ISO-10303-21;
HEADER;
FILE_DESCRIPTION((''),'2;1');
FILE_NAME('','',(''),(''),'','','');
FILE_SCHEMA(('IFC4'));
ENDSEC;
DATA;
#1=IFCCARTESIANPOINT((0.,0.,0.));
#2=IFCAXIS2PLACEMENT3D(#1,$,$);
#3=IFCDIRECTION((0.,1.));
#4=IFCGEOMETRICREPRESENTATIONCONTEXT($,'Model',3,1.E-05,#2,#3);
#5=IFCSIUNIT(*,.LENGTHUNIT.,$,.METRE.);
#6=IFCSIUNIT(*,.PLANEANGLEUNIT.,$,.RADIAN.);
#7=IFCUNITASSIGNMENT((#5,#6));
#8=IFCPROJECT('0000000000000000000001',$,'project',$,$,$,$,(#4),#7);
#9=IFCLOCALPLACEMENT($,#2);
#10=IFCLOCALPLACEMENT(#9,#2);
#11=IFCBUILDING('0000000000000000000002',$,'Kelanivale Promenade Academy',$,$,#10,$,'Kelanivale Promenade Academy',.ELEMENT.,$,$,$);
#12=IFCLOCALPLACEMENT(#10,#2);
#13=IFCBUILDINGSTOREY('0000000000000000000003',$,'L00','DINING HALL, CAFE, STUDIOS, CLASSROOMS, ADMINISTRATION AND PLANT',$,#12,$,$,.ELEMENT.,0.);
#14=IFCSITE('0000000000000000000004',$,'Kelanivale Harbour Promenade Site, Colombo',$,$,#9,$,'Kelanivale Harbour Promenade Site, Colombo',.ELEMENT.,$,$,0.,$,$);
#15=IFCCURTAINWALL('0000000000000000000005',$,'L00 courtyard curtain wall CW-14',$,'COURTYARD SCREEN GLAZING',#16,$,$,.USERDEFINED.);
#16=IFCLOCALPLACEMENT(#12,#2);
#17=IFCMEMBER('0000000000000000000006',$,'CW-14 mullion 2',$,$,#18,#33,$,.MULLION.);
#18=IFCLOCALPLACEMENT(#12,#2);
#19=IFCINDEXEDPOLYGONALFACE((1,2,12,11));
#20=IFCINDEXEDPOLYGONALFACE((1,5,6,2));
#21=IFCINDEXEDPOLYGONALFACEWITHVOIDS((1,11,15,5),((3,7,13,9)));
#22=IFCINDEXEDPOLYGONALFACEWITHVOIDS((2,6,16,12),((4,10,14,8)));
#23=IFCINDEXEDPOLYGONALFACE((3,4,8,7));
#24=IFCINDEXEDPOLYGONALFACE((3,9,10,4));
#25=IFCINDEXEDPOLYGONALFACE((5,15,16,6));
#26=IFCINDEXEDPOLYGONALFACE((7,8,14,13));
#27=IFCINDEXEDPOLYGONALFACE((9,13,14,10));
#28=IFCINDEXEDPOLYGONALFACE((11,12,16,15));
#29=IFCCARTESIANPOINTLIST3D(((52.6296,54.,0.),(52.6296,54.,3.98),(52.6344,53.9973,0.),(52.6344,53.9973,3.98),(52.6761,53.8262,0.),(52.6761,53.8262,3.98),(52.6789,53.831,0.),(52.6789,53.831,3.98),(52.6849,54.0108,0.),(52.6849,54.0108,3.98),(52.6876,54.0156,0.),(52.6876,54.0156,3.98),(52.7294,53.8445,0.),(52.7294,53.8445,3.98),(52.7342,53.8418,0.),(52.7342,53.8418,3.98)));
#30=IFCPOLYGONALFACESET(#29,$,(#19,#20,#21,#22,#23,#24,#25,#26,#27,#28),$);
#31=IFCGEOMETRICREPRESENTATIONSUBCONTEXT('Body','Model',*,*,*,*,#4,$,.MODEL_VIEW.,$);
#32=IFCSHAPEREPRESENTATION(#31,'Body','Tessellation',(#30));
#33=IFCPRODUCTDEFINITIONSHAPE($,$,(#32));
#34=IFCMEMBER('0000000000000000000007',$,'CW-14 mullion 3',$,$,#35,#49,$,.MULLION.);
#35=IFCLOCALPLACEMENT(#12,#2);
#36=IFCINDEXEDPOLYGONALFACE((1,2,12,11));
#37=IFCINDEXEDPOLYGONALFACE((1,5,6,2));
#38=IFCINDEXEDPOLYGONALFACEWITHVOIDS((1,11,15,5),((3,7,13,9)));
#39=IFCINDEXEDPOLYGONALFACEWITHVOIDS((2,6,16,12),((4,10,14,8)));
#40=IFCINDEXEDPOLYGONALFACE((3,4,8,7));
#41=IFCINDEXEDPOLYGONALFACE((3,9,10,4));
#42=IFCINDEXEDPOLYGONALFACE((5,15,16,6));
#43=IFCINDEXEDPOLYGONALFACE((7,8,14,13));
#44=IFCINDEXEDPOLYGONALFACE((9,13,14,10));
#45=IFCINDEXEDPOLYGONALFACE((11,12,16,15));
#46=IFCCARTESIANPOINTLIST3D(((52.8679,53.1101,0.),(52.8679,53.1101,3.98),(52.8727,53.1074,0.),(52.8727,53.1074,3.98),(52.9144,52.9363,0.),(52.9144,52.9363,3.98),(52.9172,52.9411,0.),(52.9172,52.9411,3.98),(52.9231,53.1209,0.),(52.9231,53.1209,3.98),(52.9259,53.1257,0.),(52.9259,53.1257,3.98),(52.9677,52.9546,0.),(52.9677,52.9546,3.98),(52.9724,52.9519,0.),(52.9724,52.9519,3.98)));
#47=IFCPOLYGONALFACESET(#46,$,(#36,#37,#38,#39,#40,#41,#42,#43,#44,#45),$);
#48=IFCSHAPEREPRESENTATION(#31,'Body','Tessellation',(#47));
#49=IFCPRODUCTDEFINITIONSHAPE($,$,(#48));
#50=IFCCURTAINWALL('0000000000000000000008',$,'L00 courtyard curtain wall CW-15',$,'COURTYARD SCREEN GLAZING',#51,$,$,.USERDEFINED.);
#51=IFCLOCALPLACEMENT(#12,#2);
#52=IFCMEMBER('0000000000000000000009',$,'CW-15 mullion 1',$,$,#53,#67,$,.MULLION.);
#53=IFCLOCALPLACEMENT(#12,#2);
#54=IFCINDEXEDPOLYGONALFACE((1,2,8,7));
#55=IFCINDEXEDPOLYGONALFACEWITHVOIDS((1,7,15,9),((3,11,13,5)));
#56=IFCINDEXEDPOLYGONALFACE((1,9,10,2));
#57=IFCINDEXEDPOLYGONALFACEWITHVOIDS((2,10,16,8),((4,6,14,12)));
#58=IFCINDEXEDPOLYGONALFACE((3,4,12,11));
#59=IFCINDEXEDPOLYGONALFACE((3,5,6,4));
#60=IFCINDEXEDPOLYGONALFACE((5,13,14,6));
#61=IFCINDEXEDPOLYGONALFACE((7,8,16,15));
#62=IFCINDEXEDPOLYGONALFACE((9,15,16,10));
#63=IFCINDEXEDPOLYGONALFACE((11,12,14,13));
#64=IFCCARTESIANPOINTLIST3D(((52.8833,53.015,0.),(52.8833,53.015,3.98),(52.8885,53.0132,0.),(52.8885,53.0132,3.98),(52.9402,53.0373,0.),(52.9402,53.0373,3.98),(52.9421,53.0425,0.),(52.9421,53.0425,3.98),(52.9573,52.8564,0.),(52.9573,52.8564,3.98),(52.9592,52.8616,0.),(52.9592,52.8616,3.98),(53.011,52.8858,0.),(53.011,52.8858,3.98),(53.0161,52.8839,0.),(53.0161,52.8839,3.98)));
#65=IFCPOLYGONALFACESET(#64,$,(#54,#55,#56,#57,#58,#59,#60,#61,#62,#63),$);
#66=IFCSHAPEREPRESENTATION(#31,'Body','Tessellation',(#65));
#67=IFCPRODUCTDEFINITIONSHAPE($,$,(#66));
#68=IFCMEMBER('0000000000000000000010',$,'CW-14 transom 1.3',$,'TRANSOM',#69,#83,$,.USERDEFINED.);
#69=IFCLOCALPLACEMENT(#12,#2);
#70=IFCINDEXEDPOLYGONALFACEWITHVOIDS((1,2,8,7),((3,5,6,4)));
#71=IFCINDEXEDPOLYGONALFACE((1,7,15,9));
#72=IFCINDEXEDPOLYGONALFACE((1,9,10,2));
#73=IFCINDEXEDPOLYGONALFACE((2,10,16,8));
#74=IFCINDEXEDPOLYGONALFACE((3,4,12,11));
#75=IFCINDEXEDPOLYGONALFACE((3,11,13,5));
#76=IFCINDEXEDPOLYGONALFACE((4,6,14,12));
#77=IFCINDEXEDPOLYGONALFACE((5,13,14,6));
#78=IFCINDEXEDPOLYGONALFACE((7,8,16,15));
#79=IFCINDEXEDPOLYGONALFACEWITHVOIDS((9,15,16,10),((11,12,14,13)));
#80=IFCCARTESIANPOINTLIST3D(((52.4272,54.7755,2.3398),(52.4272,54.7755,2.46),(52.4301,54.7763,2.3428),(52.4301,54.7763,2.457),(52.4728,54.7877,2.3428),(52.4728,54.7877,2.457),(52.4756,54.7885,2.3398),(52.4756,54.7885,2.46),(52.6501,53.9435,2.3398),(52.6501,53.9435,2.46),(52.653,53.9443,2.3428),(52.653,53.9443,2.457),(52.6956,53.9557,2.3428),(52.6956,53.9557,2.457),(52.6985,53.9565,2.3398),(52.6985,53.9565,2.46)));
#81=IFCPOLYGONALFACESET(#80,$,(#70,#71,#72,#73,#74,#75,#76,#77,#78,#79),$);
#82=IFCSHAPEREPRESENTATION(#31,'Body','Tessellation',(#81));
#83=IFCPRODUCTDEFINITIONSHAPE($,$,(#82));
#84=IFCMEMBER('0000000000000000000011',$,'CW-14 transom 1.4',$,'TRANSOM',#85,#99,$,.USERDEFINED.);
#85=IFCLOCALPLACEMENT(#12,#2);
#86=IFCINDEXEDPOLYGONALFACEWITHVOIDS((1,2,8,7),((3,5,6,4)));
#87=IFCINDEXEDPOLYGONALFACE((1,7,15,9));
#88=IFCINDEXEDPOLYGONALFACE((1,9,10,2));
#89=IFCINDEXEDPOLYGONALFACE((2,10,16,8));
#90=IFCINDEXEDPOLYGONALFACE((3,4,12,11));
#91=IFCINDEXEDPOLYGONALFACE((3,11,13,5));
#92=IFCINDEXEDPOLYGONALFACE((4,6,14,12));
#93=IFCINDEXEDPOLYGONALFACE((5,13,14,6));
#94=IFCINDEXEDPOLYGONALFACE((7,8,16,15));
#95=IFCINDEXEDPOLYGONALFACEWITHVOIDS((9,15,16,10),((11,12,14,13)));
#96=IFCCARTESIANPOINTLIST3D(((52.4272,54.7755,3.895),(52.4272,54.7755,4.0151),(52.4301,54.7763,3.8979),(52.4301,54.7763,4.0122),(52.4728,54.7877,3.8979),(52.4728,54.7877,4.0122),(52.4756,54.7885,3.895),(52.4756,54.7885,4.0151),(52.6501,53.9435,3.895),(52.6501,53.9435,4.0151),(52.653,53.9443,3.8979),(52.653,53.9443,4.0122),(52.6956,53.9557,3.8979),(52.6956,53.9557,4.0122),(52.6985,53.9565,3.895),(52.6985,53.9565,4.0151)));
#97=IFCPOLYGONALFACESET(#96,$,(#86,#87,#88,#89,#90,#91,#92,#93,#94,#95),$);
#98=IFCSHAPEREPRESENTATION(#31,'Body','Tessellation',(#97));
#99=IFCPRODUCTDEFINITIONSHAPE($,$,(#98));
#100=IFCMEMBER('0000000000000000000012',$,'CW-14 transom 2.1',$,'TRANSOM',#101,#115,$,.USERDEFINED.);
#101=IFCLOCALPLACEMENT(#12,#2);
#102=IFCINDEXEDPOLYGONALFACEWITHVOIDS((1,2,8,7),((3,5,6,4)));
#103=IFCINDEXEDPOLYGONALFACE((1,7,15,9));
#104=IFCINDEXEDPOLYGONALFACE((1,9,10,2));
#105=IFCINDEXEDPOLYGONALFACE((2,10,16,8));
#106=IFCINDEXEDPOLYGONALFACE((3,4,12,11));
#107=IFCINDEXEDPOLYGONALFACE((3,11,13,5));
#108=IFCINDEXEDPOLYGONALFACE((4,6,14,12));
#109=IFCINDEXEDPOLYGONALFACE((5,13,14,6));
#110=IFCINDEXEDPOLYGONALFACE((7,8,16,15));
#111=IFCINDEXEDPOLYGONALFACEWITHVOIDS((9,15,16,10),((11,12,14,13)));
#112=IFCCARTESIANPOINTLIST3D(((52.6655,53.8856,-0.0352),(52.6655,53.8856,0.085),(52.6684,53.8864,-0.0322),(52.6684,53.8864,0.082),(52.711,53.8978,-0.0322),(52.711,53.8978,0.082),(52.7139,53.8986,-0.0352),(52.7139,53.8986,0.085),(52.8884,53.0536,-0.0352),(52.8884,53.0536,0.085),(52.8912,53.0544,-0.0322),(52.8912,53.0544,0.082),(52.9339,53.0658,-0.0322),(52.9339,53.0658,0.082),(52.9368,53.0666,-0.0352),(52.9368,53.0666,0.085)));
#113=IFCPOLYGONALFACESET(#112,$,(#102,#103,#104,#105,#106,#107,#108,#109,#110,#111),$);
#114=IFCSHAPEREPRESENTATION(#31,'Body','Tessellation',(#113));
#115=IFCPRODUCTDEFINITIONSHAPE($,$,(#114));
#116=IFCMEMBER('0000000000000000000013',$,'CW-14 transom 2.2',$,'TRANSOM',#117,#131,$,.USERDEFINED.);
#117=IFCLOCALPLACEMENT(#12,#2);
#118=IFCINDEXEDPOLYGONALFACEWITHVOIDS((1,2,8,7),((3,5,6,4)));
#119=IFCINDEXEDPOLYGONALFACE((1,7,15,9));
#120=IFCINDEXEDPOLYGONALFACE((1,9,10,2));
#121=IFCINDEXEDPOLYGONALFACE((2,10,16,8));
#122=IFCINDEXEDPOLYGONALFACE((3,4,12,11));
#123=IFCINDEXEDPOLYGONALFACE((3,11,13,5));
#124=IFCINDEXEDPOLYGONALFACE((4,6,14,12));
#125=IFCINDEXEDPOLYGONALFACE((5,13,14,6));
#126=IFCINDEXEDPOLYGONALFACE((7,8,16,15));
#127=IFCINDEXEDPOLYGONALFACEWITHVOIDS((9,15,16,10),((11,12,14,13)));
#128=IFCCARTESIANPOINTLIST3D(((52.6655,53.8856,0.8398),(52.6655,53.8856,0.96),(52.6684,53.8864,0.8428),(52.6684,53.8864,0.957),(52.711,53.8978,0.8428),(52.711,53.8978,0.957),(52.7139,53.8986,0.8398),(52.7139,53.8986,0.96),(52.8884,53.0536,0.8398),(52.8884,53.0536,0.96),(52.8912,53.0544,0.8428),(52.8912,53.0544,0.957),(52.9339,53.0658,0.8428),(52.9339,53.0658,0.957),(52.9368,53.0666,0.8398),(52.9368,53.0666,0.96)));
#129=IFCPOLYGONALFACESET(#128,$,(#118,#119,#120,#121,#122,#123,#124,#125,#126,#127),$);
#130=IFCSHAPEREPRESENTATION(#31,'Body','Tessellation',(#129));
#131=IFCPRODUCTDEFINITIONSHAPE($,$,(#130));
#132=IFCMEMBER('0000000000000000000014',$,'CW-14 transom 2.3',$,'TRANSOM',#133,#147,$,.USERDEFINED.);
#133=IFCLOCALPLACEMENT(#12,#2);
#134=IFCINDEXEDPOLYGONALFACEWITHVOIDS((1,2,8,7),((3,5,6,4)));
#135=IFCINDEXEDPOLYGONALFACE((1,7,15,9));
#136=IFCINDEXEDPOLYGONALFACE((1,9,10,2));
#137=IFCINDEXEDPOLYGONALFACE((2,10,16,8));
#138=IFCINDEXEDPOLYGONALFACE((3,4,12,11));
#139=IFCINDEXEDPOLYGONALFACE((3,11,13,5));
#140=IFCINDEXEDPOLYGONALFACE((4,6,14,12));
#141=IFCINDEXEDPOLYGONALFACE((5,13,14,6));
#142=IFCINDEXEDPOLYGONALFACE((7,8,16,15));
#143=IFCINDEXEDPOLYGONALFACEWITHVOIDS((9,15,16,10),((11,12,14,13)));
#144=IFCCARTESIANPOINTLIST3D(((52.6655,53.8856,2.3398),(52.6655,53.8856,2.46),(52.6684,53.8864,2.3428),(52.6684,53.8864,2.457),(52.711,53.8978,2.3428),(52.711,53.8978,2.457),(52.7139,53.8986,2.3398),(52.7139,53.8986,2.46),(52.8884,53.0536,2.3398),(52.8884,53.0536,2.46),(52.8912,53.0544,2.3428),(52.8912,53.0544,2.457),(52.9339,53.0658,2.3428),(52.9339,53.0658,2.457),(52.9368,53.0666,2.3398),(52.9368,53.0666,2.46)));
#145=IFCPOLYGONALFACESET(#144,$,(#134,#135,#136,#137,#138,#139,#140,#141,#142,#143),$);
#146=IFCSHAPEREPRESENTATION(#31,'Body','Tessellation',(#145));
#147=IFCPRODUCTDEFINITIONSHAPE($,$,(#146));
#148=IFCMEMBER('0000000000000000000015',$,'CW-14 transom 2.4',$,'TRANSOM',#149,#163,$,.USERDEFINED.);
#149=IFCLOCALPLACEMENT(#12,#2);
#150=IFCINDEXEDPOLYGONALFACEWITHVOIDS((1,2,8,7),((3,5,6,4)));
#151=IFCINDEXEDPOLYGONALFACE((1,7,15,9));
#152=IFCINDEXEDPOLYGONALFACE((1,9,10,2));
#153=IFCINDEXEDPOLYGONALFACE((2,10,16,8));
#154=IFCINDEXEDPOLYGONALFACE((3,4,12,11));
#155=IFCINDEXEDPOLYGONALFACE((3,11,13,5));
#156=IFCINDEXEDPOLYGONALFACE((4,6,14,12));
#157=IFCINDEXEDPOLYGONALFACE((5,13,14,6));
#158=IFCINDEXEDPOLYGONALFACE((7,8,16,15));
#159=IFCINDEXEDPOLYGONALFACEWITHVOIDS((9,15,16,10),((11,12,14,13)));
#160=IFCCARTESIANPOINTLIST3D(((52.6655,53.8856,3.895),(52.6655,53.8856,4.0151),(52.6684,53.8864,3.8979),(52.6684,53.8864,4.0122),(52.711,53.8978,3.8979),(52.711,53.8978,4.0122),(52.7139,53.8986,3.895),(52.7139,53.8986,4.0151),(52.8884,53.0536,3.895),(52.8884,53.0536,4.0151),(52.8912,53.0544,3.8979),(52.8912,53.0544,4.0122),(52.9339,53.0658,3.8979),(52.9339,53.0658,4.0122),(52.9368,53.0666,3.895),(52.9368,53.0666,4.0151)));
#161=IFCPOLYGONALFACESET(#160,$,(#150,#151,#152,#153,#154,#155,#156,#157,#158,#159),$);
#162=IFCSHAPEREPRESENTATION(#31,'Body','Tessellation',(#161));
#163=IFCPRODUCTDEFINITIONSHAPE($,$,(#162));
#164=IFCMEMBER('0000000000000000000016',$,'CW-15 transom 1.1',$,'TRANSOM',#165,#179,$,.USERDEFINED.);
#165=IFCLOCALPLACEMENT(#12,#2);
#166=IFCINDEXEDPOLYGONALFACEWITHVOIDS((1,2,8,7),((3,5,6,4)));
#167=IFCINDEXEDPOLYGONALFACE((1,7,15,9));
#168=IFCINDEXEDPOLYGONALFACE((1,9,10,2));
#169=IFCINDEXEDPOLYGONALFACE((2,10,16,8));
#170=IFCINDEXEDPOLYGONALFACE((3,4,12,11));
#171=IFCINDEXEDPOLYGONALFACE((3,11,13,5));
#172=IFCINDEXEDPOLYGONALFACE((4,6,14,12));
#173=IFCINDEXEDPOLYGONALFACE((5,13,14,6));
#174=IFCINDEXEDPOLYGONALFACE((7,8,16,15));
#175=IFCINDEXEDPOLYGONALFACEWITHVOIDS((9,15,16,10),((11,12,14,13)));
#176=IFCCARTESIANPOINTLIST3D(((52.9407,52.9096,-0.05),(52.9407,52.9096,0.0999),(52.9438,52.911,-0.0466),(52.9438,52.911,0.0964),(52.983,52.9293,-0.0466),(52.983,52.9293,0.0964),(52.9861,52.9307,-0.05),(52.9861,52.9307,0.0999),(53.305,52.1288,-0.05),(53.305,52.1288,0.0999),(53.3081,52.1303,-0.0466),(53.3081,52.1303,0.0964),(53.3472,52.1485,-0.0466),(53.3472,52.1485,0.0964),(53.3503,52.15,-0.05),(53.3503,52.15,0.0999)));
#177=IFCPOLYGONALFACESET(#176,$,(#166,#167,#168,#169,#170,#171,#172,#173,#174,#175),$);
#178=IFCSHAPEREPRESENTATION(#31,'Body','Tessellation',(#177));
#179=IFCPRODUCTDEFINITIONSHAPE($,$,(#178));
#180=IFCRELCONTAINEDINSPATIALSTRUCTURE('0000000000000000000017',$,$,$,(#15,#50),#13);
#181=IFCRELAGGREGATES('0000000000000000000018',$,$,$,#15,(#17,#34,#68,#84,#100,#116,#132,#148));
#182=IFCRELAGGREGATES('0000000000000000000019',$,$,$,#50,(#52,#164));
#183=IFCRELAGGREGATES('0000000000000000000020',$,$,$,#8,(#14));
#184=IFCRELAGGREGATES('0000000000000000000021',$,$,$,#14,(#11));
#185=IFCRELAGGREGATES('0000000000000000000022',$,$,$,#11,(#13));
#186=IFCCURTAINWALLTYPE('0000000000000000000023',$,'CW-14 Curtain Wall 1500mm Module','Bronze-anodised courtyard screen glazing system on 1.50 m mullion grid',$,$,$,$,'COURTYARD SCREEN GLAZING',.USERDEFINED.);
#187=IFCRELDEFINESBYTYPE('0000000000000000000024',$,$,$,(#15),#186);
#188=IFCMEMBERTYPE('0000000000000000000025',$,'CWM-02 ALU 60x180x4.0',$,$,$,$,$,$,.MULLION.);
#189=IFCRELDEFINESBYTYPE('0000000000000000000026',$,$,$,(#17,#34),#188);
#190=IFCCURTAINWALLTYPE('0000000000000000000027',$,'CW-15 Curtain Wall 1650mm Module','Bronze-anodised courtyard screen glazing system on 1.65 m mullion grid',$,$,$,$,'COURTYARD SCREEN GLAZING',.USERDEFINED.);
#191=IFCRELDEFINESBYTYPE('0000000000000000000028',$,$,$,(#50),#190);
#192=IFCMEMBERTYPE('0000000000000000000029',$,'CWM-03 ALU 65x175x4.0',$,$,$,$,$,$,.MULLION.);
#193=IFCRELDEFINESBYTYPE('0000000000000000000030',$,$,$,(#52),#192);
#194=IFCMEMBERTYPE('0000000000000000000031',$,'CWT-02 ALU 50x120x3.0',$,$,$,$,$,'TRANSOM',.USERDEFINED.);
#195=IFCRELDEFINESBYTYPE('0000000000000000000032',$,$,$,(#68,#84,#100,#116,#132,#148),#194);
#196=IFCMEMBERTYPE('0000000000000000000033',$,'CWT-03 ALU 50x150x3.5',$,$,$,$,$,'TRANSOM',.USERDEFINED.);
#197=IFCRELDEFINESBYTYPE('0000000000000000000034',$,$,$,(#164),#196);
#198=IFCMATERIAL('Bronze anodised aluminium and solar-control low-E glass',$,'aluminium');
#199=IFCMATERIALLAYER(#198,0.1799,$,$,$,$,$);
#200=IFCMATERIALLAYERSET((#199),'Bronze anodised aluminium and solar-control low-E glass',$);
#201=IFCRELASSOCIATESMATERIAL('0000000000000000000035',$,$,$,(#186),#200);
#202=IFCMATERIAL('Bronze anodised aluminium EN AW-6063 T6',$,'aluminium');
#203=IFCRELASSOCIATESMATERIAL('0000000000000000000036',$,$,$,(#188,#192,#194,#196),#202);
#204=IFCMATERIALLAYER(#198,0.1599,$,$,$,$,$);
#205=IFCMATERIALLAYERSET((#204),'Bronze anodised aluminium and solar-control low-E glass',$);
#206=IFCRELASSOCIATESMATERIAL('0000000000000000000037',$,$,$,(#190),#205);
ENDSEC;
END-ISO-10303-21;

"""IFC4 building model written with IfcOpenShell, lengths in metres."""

from ifc_helpers import new_model, si_unit, direction, frame, origin, origin_2d, place, context, subcontext, project, spatial, hollow_rectangle, extrude, material, layer, layer_set, material_profile, profile_set, type_object, element, aggregate, save


model = new_model("IFC4")

# Units and contexts
model_context = context("Model", 3, precision=1e-05, world=origin(), true_north=direction((0.0, 1.0)))
body_context = subcontext(model_context, "Body", "Model", "MODEL_VIEW")
ifc_project = project(units=[si_unit("LENGTHUNIT", "METRE"), si_unit("PLANEANGLEUNIT", "RADIAN")], contexts=[model_context])

# Site, building, storey
site_placement = place(None, origin())
site = spatial("IfcSite", under=ifc_project, at=site_placement, Name="Kelanivale Harbour Promenade Site, Colombo", LongName="Kelanivale Harbour Promenade Site, Colombo", CompositionType="ELEMENT", RefElevation=0.0)
building_placement = place(site_placement, origin())
building = spatial("IfcBuilding", under=site, at=building_placement, Name="Kelanivale Promenade Academy", LongName="Kelanivale Promenade Academy", CompositionType="ELEMENT")
storey_placement = place(building_placement, origin())
storey = spatial("IfcBuildingStorey", under=building, at=storey_placement, Name="L00", Description="DINING HALL, CAFE, STUDIOS, CLASSROOMS, ADMINISTRATION AND PLANT", CompositionType="ELEMENT", Elevation=0.0)

# Curtain wall, members
ifc_material_1 = material(Name="Bronze anodised aluminium and solar-control low-E glass", Category="aluminium")
ifc_layer_1 = layer(ifc_material_1, 0.1799)
ifc_layer_set_1 = layer_set([ifc_layer_1], Name="Bronze anodised aluminium and solar-control low-E glass")
curtain_wall_type_1 = type_object("IfcCurtainWallType", Name="CW-14 Curtain Wall 1500mm Module", Description="Bronze-anodised courtyard screen glazing system on 1.50 m mullion grid", ElementType="COURTYARD SCREEN GLAZING", PredefinedType="USERDEFINED", material=ifc_layer_set_1)
curtain_wall_1_placement = place(storey_placement, origin())
curtain_wall_1 = element("IfcCurtainWall", 1, at=curtain_wall_1_placement, inside=storey, type_object=curtain_wall_type_1, Name="L00 courtyard curtain wall CW-14", ObjectType="COURTYARD SCREEN GLAZING", PredefinedType="USERDEFINED")
ifc_material_2 = material(Name="Bronze anodised aluminium EN AW-6063 T6", Category="aluminium")
ifc_material_profile_1 = material_profile(ifc_material_2, hollow_rectangle(XDim=0.0601, YDim=0.1799, WallThickness=0.0039, at=origin_2d()), Name="ALU 60x180x4.0")
ifc_profile_set_1 = profile_set([ifc_material_profile_1], Name="Bronze anodised aluminium EN AW-6063 T6")
member_type_1 = type_object("IfcMemberType", Name="CWM-02 ALU 60x180x4.0", PredefinedType="MULLION", material=ifc_profile_set_1)
member_1_placement = place(storey_placement, frame((52.6819, 53.9209, 0.0), z_axis=(0.0, 0.0, 1.0), x_axis=(0.96599, 0.258578, 0.0)))
member_1 = element("IfcMember", 2, at=member_1_placement, type_object=member_type_1, Name="CW-14 mullion 2", PredefinedType="MULLION", context=body_context, shape_type="SweptSolid", body=[
    extrude(hollow_rectangle(XDim=0.0601, YDim=0.1799, WallThickness=0.0039, at=origin_2d()), origin(), (0.0, 0.0, 1.0), 3.98),
])
member_2_placement = place(storey_placement, frame((52.9202, 53.031, 0.0), z_axis=(0.0, 0.0, 1.0), x_axis=(0.96599, 0.258578, 0.0)))
member_2 = element("IfcMember", 3, at=member_2_placement, type_object=member_type_1, Name="CW-14 mullion 3", PredefinedType="MULLION", context=body_context, shape_type="SweptSolid", body=[
    extrude(hollow_rectangle(XDim=0.0601, YDim=0.1799, WallThickness=0.0039, at=origin_2d()), origin(), (0.0, 0.0, 1.0), 3.98),
])

# Curtain wall, member
ifc_layer_2 = layer(ifc_material_1, 0.1599)
ifc_layer_set_2 = layer_set([ifc_layer_2], Name="Bronze anodised aluminium and solar-control low-E glass")
curtain_wall_type_2 = type_object("IfcCurtainWallType", Name="CW-15 Curtain Wall 1650mm Module", Description="Bronze-anodised courtyard screen glazing system on 1.65 m mullion grid", ElementType="COURTYARD SCREEN GLAZING", PredefinedType="USERDEFINED", material=ifc_layer_set_2)
curtain_wall_2_placement = place(storey_placement, origin())
curtain_wall_2 = element("IfcCurtainWall", 4, at=curtain_wall_2_placement, inside=storey, type_object=curtain_wall_type_2, Name="L00 courtyard curtain wall CW-15", ObjectType="COURTYARD SCREEN GLAZING", PredefinedType="USERDEFINED")
ifc_material_profile_2 = material_profile(ifc_material_2, hollow_rectangle(XDim=0.0649, YDim=0.175, WallThickness=0.0039, at=origin_2d()), Name="ALU 65x175x4.0")
ifc_profile_set_2 = profile_set([ifc_material_profile_2], Name="Bronze anodised aluminium EN AW-6063 T6")
member_type_2 = type_object("IfcMemberType", Name="CWM-03 ALU 65x175x4.0", PredefinedType="MULLION", material=ifc_profile_set_2)
member_3_placement = place(storey_placement, frame((52.9497, 52.9495, 0.0), z_axis=(0.0, 0.0, 1.0), x_axis=(0.906196, 0.422857, 0.0)))
member_3 = element("IfcMember", 5, at=member_3_placement, type_object=member_type_2, Name="CW-15 mullion 1", PredefinedType="MULLION", context=body_context, shape_type="SweptSolid", body=[
    extrude(hollow_rectangle(XDim=0.0649, YDim=0.175, WallThickness=0.0039, at=origin_2d()), origin(), (0.0, 0.0, 1.0), 3.98),
])

# Members
ifc_material_profile_3 = material_profile(ifc_material_2, hollow_rectangle(XDim=0.05, YDim=0.1201, WallThickness=0.0029, at=origin_2d()), Name="ALU 50x120x3.0")
ifc_profile_set_3 = profile_set([ifc_material_profile_3], Name="Bronze anodised aluminium EN AW-6063 T6")
member_type_3 = type_object("IfcMemberType", Name="CWT-02 ALU 50x120x3.0", ElementType="TRANSOM", PredefinedType="USERDEFINED", material=ifc_profile_set_3)
member_4_placement = place(storey_placement, frame((52.4514, 54.782, 2.3999), z_axis=(0.258774, -0.965938, 0.0), x_axis=(0.965938, 0.258774, 0.0)))
member_4 = element("IfcMember", 6, at=member_4_placement, type_object=member_type_3, Name="CW-14 transom 1.3", ObjectType="TRANSOM", PredefinedType="USERDEFINED", context=body_context, shape_type="SweptSolid", body=[
    extrude(hollow_rectangle(XDim=0.05, YDim=0.1201, WallThickness=0.0029, at=origin_2d()), origin(), (0.0, 0.0, 1.0), 0.8613),
])
member_5_placement = place(storey_placement, frame((52.4514, 54.782, 3.9551), z_axis=(0.258774, -0.965938, 0.0), x_axis=(0.965938, 0.258774, 0.0)))
member_5 = element("IfcMember", 7, at=member_5_placement, type_object=member_type_3, Name="CW-14 transom 1.4", ObjectType="TRANSOM", PredefinedType="USERDEFINED", context=body_context, shape_type="SweptSolid", body=[
    extrude(hollow_rectangle(XDim=0.05, YDim=0.1201, WallThickness=0.0029, at=origin_2d()), origin(), (0.0, 0.0, 1.0), 0.8613),
])
member_6_placement = place(storey_placement, frame((52.6897, 53.8921, 0.0249), z_axis=(0.258774, -0.965938, 0.0), x_axis=(0.965938, 0.258774, 0.0)))
member_6 = element("IfcMember", 8, at=member_6_placement, type_object=member_type_3, Name="CW-14 transom 2.1", ObjectType="TRANSOM", PredefinedType="USERDEFINED", context=body_context, shape_type="SweptSolid", body=[
    extrude(hollow_rectangle(XDim=0.05, YDim=0.1201, WallThickness=0.0029, at=origin_2d()), origin(), (0.0, 0.0, 1.0), 0.8613),
])
member_7_placement = place(storey_placement, frame((52.6897, 53.8921, 0.8999), z_axis=(0.258774, -0.965938, 0.0), x_axis=(0.965938, 0.258774, 0.0)))
member_7 = element("IfcMember", 9, at=member_7_placement, type_object=member_type_3, Name="CW-14 transom 2.2", ObjectType="TRANSOM", PredefinedType="USERDEFINED", context=body_context, shape_type="SweptSolid", body=[
    extrude(hollow_rectangle(XDim=0.05, YDim=0.1201, WallThickness=0.0029, at=origin_2d()), origin(), (0.0, 0.0, 1.0), 0.8613),
])
member_8_placement = place(storey_placement, frame((52.6897, 53.8921, 2.3999), z_axis=(0.258774, -0.965938, 0.0), x_axis=(0.965938, 0.258774, 0.0)))
member_8 = element("IfcMember", 10, at=member_8_placement, type_object=member_type_3, Name="CW-14 transom 2.3", ObjectType="TRANSOM", PredefinedType="USERDEFINED", context=body_context, shape_type="SweptSolid", body=[
    extrude(hollow_rectangle(XDim=0.05, YDim=0.1201, WallThickness=0.0029, at=origin_2d()), origin(), (0.0, 0.0, 1.0), 0.8613),
])
member_9_placement = place(storey_placement, frame((52.6897, 53.8921, 3.9551), z_axis=(0.258774, -0.965938, 0.0), x_axis=(0.965938, 0.258774, 0.0)))
member_9 = element("IfcMember", 11, at=member_9_placement, type_object=member_type_3, Name="CW-14 transom 2.4", ObjectType="TRANSOM", PredefinedType="USERDEFINED", context=body_context, shape_type="SweptSolid", body=[
    extrude(hollow_rectangle(XDim=0.05, YDim=0.1201, WallThickness=0.0029, at=origin_2d()), origin(), (0.0, 0.0, 1.0), 0.8613),
])
ifc_material_profile_4 = material_profile(ifc_material_2, hollow_rectangle(XDim=0.05, YDim=0.1499, WallThickness=0.0034, at=origin_2d()), Name="ALU 50x150x3.5")
ifc_profile_set_4 = profile_set([ifc_material_profile_4], Name="Bronze anodised aluminium EN AW-6063 T6")
member_type_4 = type_object("IfcMemberType", Name="CWT-03 ALU 50x150x3.5", ElementType="TRANSOM", PredefinedType="USERDEFINED", material=ifc_profile_set_4)
member_10_placement = place(storey_placement, frame((52.9634, 52.9202, 0.0249), z_axis=(0.422792, -0.906227, 0.0), x_axis=(0.906227, 0.422792, 0.0)))
member_10 = element("IfcMember", 12, at=member_10_placement, type_object=member_type_4, Name="CW-15 transom 1.1", ObjectType="TRANSOM", PredefinedType="USERDEFINED", context=body_context, shape_type="SweptSolid", body=[
    extrude(hollow_rectangle(XDim=0.05, YDim=0.1499, WallThickness=0.0034, at=origin_2d()), origin(), (0.0, 0.0, 1.0), 0.8616),
])

aggregate(curtain_wall_1, [member_1, member_2, member_4, member_5, member_6, member_7, member_8, member_9])

aggregate(curtain_wall_2, [member_3, member_10])

save(model, "model.ifc")
